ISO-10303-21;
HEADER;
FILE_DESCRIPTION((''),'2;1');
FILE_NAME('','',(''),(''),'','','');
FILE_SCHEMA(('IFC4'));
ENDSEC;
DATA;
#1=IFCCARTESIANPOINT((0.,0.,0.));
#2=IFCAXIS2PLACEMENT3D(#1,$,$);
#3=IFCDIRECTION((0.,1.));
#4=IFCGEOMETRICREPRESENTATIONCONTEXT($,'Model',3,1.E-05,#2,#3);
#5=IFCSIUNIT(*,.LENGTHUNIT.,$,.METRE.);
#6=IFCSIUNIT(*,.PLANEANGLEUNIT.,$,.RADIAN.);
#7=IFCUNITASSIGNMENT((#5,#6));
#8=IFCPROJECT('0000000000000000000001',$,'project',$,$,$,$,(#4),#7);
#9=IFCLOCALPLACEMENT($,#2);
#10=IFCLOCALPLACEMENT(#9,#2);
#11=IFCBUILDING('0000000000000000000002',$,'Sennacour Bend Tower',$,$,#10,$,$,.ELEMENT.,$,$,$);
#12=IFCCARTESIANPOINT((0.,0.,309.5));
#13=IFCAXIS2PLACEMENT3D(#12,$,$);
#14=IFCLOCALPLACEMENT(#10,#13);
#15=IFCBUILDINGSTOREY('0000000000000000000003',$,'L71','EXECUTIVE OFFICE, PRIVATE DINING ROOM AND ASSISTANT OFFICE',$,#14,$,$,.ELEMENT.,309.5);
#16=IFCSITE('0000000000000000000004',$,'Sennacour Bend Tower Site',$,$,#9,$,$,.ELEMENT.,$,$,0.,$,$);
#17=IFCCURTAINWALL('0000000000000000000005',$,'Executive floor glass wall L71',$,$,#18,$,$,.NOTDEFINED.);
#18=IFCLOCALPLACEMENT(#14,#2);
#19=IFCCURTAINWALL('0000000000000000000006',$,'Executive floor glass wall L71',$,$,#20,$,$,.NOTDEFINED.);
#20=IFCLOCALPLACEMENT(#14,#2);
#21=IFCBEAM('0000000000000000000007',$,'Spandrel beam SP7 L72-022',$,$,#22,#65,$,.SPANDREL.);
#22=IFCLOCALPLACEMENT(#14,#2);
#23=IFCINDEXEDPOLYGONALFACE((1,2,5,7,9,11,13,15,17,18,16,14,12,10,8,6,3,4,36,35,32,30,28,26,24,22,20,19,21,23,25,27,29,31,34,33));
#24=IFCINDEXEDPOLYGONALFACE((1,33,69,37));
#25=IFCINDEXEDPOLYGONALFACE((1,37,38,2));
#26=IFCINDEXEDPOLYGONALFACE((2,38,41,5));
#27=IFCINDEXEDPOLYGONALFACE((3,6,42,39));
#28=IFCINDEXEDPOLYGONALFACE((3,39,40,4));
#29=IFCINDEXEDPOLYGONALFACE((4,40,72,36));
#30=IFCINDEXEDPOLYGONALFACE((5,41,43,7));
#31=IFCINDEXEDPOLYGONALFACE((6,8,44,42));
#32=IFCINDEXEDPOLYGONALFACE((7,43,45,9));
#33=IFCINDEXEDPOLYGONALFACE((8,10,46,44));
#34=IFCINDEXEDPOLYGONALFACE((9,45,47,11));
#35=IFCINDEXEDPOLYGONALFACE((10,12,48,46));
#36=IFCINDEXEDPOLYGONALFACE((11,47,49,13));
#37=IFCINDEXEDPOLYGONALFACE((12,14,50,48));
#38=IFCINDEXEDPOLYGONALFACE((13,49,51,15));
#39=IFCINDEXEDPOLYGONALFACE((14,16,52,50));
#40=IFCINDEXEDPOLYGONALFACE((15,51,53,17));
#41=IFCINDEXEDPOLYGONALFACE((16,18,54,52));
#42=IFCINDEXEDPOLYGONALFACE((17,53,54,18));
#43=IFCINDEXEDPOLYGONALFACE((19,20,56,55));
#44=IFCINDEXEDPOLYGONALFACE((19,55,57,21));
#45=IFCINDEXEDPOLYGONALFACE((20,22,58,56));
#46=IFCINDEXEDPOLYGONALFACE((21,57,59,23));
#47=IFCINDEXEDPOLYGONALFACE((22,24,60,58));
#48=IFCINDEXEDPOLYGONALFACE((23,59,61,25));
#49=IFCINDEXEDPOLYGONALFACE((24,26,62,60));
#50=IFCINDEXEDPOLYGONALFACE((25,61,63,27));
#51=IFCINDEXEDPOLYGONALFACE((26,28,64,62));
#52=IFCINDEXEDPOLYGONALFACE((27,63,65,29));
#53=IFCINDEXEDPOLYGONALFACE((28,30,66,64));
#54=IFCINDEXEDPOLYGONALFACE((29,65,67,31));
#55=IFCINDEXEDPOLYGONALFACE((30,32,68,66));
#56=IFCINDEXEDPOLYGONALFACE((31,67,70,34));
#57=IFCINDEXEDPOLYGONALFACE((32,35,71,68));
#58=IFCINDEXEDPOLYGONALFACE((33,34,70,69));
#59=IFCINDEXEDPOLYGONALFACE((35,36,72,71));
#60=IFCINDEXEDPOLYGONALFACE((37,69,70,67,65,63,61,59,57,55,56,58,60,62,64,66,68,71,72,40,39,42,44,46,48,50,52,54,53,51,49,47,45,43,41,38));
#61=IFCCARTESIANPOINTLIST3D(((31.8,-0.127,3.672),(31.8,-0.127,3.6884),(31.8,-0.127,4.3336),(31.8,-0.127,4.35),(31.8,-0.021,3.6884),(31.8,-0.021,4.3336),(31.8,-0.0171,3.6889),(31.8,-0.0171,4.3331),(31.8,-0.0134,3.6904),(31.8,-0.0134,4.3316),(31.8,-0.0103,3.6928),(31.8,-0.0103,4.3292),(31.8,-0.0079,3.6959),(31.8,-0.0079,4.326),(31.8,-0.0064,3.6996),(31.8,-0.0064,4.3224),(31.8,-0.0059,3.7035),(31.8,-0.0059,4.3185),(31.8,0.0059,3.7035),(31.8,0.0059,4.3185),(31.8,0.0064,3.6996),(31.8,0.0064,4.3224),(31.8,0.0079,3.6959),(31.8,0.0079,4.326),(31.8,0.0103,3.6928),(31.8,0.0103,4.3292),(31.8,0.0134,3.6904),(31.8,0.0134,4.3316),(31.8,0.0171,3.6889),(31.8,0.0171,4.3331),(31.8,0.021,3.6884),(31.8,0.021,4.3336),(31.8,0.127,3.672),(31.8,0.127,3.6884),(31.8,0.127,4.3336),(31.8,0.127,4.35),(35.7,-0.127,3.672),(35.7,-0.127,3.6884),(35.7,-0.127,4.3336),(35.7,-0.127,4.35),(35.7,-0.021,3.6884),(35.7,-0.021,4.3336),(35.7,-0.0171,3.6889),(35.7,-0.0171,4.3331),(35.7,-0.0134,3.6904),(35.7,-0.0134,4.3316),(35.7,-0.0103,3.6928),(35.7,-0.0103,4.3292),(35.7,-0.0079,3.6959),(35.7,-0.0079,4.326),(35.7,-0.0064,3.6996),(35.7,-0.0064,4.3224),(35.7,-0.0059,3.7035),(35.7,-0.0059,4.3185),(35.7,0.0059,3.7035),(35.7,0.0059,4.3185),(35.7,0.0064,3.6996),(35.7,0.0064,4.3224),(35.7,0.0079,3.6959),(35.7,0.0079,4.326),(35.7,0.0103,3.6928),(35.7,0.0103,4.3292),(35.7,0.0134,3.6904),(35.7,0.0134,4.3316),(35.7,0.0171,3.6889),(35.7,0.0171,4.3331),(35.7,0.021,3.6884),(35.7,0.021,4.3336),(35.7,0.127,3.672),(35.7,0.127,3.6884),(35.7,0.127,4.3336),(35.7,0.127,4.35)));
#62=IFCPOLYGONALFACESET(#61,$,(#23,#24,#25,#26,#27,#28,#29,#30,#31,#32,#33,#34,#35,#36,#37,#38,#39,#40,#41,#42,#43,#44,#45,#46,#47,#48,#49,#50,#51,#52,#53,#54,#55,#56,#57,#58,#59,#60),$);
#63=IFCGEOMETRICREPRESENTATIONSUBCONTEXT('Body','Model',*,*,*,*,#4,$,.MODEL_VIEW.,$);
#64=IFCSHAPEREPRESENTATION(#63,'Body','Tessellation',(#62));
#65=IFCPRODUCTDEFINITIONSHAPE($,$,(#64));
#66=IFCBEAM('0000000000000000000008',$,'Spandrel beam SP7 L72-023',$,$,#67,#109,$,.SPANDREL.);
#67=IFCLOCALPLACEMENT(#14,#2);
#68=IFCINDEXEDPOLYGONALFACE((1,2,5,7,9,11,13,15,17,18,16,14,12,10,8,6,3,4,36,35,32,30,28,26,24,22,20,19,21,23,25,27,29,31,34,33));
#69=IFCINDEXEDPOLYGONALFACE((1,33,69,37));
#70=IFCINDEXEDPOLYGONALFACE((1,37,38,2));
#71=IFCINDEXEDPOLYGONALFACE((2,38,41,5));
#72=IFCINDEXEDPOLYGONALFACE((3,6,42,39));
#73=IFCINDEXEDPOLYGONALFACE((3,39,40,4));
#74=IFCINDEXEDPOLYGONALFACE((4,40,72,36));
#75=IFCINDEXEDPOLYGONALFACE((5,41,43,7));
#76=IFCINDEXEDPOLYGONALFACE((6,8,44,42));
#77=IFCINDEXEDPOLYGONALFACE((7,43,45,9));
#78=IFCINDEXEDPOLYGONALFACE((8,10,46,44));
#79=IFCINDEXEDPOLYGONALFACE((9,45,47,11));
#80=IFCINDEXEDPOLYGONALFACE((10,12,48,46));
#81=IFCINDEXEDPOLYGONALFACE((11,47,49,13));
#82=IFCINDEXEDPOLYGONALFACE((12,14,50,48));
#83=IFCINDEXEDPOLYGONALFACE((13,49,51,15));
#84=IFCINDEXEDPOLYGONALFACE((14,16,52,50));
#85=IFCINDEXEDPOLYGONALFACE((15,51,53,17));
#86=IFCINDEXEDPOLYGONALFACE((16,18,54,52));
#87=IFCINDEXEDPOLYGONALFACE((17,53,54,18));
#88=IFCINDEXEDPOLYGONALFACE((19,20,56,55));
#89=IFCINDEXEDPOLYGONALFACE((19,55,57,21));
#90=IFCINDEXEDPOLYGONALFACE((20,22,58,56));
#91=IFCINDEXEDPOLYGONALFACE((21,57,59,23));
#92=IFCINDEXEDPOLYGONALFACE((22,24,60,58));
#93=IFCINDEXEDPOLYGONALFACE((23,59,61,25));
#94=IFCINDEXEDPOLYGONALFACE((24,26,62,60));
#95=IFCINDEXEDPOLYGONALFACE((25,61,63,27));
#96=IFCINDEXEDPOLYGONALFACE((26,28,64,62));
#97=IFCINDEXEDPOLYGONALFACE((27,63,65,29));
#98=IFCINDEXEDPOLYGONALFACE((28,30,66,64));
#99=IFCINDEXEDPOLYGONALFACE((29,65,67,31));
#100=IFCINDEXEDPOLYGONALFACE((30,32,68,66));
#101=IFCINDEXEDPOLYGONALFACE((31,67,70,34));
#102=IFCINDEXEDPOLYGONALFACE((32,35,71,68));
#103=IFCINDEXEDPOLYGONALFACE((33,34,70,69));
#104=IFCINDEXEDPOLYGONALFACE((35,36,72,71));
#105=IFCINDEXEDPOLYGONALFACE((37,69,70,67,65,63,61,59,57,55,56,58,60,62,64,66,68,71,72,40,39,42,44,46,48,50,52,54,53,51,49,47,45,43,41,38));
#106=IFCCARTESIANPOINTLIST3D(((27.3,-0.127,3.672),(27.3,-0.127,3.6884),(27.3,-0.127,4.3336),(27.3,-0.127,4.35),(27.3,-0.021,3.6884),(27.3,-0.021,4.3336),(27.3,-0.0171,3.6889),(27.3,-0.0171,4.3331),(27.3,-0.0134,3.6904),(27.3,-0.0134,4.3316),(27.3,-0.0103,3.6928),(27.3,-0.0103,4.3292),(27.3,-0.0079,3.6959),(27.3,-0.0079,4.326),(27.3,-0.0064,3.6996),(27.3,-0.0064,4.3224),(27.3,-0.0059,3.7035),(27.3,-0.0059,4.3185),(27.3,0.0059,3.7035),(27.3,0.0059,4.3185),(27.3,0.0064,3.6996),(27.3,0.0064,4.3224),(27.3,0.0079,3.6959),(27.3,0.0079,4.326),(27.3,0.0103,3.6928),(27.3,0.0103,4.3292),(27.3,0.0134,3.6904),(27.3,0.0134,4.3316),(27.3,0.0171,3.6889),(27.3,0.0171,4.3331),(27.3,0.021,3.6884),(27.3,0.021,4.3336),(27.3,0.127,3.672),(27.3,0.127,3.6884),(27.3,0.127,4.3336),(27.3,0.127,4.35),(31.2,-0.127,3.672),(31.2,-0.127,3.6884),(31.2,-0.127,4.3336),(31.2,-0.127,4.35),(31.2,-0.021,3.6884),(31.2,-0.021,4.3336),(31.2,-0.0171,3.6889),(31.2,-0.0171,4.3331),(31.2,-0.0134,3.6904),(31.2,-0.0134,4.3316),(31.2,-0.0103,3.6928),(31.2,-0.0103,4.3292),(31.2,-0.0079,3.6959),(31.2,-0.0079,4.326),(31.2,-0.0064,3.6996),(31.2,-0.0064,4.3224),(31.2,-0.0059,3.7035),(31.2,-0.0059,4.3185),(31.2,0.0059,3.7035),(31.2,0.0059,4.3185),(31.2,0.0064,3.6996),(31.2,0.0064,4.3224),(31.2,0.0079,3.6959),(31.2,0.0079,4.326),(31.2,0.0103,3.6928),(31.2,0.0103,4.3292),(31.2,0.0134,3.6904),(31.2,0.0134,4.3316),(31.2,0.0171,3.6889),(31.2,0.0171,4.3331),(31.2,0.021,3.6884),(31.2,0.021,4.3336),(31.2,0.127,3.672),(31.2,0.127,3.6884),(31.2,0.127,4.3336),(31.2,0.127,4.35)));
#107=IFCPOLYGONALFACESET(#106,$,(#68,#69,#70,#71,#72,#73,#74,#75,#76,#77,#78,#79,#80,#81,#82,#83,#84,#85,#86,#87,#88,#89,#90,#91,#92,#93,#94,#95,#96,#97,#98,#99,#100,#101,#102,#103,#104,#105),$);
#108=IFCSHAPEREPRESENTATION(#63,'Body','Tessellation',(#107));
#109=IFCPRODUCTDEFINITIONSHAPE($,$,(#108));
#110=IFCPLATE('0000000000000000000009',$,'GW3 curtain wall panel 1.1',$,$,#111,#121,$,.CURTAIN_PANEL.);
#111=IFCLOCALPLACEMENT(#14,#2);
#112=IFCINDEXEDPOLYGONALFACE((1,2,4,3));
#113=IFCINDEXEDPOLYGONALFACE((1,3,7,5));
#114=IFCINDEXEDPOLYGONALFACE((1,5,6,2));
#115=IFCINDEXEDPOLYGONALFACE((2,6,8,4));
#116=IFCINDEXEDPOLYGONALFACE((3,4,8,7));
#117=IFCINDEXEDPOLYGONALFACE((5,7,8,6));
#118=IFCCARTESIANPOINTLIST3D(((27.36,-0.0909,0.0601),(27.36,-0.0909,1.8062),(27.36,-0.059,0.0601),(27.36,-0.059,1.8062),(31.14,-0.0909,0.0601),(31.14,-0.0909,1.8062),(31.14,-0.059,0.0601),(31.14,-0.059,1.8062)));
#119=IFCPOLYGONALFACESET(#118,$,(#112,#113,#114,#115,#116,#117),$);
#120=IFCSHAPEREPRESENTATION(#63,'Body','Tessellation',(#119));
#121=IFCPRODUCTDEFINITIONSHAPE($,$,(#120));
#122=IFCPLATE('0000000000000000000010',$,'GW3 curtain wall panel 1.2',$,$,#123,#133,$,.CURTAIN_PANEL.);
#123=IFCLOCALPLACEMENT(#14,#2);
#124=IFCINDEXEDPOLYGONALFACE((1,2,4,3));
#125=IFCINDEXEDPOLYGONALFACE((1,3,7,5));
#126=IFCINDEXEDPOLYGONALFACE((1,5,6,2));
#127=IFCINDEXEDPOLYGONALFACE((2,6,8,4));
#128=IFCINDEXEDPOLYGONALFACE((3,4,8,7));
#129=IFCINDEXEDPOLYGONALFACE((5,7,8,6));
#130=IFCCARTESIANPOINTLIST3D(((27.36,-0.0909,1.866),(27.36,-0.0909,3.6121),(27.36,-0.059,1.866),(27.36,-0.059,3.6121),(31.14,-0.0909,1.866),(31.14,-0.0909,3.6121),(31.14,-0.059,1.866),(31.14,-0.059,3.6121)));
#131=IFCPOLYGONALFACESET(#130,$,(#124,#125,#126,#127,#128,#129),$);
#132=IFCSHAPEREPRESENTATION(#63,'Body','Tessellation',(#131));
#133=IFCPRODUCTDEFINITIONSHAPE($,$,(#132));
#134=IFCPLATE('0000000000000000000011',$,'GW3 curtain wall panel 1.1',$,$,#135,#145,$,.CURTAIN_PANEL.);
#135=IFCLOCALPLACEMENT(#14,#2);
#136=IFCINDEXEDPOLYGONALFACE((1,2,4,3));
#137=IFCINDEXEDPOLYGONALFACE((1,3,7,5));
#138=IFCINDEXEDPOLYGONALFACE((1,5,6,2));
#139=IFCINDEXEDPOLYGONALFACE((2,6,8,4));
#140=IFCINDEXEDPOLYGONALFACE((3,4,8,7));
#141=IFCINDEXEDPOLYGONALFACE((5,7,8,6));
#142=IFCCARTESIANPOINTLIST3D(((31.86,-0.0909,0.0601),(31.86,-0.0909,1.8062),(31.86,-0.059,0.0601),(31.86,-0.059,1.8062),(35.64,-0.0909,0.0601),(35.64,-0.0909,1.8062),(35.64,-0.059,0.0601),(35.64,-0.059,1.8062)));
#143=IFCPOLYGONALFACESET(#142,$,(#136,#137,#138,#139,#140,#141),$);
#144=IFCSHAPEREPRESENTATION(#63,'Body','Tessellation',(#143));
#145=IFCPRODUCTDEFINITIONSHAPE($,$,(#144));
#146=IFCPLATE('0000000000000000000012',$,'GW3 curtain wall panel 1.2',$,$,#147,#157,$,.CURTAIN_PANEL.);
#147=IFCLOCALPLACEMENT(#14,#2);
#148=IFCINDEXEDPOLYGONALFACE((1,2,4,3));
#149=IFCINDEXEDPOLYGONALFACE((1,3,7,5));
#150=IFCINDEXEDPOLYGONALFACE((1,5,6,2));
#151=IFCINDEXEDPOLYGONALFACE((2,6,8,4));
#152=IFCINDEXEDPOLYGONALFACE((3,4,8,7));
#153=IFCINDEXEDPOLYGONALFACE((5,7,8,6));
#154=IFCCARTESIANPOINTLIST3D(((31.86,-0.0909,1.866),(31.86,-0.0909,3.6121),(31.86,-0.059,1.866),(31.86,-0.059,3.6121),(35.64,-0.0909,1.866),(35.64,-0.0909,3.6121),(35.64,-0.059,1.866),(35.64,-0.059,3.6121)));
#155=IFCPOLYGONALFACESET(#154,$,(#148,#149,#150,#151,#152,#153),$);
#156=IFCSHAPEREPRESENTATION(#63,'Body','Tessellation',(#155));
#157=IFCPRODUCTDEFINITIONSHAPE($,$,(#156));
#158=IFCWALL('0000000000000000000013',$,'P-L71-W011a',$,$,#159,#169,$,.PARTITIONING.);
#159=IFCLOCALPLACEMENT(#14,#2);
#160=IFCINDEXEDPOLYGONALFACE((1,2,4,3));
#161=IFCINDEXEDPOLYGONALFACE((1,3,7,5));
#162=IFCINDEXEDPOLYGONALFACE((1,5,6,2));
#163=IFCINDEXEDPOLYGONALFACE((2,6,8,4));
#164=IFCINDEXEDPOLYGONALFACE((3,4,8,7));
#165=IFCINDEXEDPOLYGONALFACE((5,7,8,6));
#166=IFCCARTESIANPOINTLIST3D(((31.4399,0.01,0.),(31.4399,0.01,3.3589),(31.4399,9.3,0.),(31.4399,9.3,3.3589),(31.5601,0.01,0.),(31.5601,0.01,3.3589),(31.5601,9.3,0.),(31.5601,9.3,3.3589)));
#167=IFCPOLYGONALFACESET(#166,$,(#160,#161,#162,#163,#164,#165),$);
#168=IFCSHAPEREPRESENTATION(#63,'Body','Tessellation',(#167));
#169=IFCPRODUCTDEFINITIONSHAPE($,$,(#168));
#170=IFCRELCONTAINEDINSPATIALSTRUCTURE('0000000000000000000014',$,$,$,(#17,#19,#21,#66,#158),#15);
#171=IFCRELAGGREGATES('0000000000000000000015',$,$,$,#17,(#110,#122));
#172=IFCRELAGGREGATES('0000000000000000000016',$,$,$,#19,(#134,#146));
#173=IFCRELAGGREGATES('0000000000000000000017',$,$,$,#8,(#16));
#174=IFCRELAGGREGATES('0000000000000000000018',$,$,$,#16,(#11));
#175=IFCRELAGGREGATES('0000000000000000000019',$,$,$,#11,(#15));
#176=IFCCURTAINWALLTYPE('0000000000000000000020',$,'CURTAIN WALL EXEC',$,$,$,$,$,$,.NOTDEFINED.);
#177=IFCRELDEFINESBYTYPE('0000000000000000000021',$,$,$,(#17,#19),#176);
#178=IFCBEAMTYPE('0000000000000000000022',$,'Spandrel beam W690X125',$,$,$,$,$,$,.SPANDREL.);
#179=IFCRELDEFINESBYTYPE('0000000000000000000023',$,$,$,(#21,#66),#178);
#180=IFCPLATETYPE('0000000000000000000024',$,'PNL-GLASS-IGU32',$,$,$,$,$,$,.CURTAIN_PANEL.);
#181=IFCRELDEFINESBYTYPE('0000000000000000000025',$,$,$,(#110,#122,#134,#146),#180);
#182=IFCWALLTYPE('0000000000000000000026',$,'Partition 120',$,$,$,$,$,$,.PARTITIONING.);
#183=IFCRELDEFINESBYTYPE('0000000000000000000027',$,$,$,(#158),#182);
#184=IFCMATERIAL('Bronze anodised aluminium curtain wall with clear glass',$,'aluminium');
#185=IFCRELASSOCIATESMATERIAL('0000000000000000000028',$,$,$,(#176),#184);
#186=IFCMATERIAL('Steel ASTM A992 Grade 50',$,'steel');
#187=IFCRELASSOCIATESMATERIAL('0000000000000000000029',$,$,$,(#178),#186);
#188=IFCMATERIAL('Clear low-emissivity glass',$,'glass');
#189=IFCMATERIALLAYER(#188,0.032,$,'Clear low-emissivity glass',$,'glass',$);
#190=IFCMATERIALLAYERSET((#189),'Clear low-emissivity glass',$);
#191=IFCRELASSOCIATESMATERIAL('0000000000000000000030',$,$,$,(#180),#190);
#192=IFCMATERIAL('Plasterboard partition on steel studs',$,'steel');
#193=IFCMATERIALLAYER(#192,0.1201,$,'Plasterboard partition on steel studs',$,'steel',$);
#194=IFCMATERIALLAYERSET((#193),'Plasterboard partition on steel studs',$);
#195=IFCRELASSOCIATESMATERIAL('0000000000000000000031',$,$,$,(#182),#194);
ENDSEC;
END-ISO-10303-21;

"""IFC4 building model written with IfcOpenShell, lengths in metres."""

from ifc_helpers import new_model, si_unit, direction, frame, frame_2d, origin, origin_2d, place, context, subcontext, project, spatial, rectangle, i_section, extrude, material, layer, layer_set, material_profile, profile_set, type_object, element, aggregate, save


model = new_model("IFC4")

# Units and contexts
model_context = context("Model", 3, precision=1e-05, world=origin(), true_north=direction((0.0, 1.0)))
body_context = subcontext(model_context, "Body", "Model", "MODEL_VIEW")
ifc_project = project(units=[si_unit("LENGTHUNIT", "METRE"), si_unit("PLANEANGLEUNIT", "RADIAN")], contexts=[model_context])

# Site, building, storey
site_placement = place(None, origin())
site = spatial("IfcSite", under=ifc_project, at=site_placement, Name="Sennacour Bend Tower Site", CompositionType="ELEMENT", RefElevation=0.0)
building_placement = place(site_placement, origin())
building = spatial("IfcBuilding", under=site, at=building_placement, Name="Sennacour Bend Tower", CompositionType="ELEMENT")
storey_placement = place(building_placement, frame((0.0, 0.0, 309.5)))
storey = spatial("IfcBuildingStorey", under=building, at=storey_placement, Name="L71", Description="EXECUTIVE OFFICE, PRIVATE DINING ROOM AND ASSISTANT OFFICE", CompositionType="ELEMENT", Elevation=309.5)

# Curtain walls
ifc_material_1 = material(Name="Bronze anodised aluminium curtain wall with clear glass", Category="aluminium")
curtain_wall_type = type_object("IfcCurtainWallType", Name="CURTAIN WALL EXEC", PredefinedType="NOTDEFINED", material=ifc_material_1)
curtain_wall_1_placement = place(storey_placement, origin())
curtain_wall_1 = element("IfcCurtainWall", 1, at=curtain_wall_1_placement, inside=storey, type_object=curtain_wall_type, Name="Executive floor glass wall L71", PredefinedType="NOTDEFINED")
curtain_wall_2_placement = place(storey_placement, origin())
curtain_wall_2 = element("IfcCurtainWall", 2, at=curtain_wall_2_placement, inside=storey, type_object=curtain_wall_type, Name="Executive floor glass wall L71", PredefinedType="NOTDEFINED")

# Beams
ifc_material_2 = material(Name="Steel ASTM A992 Grade 50", Category="steel")
ifc_material_profile_1 = material_profile(ifc_material_2, i_section(OverallWidth=0.2539, OverallDepth=0.678, WebThickness=0.0117, FlangeThickness=0.0164, FilletRadius=0.0151, at=origin_2d()), Name="Steel ASTM A992 Grade 50", Category="steel")
ifc_profile_set_1 = profile_set([ifc_material_profile_1], Name="Steel ASTM A992 Grade 50")
beam_type_1 = type_object("IfcBeamType", Name="Spandrel beam W690X125", PredefinedType="SPANDREL", material=ifc_profile_set_1)
for number, where, z_axis, x_axis, name in (
    (3, (35.7, 0.0, 4.011), (-1.0, 0.0, 0.0), (0.0, -1.0, 0.0), "Spandrel beam SP7 L72-022"),
    (4, (31.2, 0.0, 4.011), (-1.0, 0.0, 0.0), (0.0, -1.0, 0.0), "Spandrel beam SP7 L72-023"),
):
    element("IfcBeam", number, at=place(storey_placement, frame(where, z_axis=z_axis, x_axis=x_axis)), inside=storey, type_object=beam_type_1, Name=name, PredefinedType="SPANDREL", context=body_context, shape_type="SweptSolid", body=[
        extrude(i_section(OverallWidth=0.2539, OverallDepth=0.678, WebThickness=0.0117, FlangeThickness=0.0164, FilletRadius=0.0151, at=origin_2d()), origin(), (0.0, 0.0, 1.0), 3.8999),
    ])

# Plates
ifc_material_3 = material(Name="Clear low-emissivity glass", Category="glass")
ifc_layer_1 = layer(ifc_material_3, 0.032, Name="Clear low-emissivity glass", Category="glass")
ifc_layer_set_1 = layer_set([ifc_layer_1], Name="Clear low-emissivity glass")
plate_type = type_object("IfcPlateType", Name="PNL-GLASS-IGU32", PredefinedType="CURTAIN_PANEL", material=ifc_layer_set_1)
plate_1_placement = place(storey_placement, frame((29.25, -0.075, 0.0601), z_axis=(0.0, 0.0, 1.0), x_axis=(1.0, 0.0, 0.0)))
plate_1 = element("IfcPlate", 5, at=plate_1_placement, type_object=plate_type, Name="GW3 curtain wall panel 1.1", PredefinedType="CURTAIN_PANEL", context=body_context, shape_type="SweptSolid", body=[
    extrude(rectangle(XDim=3.78, YDim=0.032, at=origin_2d()), origin(), (0.0, 0.0, 1.0), 1.7461),
])
plate_2_placement = place(storey_placement, frame((29.25, -0.075, 1.866), z_axis=(0.0, 0.0, 1.0), x_axis=(1.0, 0.0, 0.0)))
plate_2 = element("IfcPlate", 6, at=plate_2_placement, type_object=plate_type, Name="GW3 curtain wall panel 1.2", PredefinedType="CURTAIN_PANEL", context=body_context, shape_type="SweptSolid", body=[
    extrude(rectangle(XDim=3.78, YDim=0.032, at=origin_2d()), origin(), (0.0, 0.0, 1.0), 1.7461),
])
aggregate(curtain_wall_1, [plate_1, plate_2])
plate_3_placement = place(storey_placement, frame((33.75, -0.075, 0.0601), z_axis=(0.0, 0.0, 1.0), x_axis=(1.0, 0.0, 0.0)))
plate_3 = element("IfcPlate", 7, at=plate_3_placement, type_object=plate_type, Name="GW3 curtain wall panel 1.1", PredefinedType="CURTAIN_PANEL", context=body_context, shape_type="SweptSolid", body=[
    extrude(rectangle(XDim=3.78, YDim=0.032, at=origin_2d()), origin(), (0.0, 0.0, 1.0), 1.7461),
])
plate_4_placement = place(storey_placement, frame((33.75, -0.075, 1.866), z_axis=(0.0, 0.0, 1.0), x_axis=(1.0, 0.0, 0.0)))
plate_4 = element("IfcPlate", 8, at=plate_4_placement, type_object=plate_type, Name="GW3 curtain wall panel 1.2", PredefinedType="CURTAIN_PANEL", context=body_context, shape_type="SweptSolid", body=[
    extrude(rectangle(XDim=3.78, YDim=0.032, at=origin_2d()), origin(), (0.0, 0.0, 1.0), 1.7461),
])
aggregate(curtain_wall_2, [plate_3, plate_4])

# Wall
ifc_material_4 = material(Name="Plasterboard partition on steel studs", Category="steel")
ifc_layer_2 = layer(ifc_material_4, 0.1201, Name="Plasterboard partition on steel studs", Category="steel")
ifc_layer_set_2 = layer_set([ifc_layer_2], Name="Plasterboard partition on steel studs")
wall_type = type_object("IfcWallType", Name="Partition 120", PredefinedType="PARTITIONING", material=ifc_layer_set_2)
wall_placement = place(storey_placement, frame((31.5, 0.01, 0.0), z_axis=(0.0, 0.0, 1.0), x_axis=(0.0, 1.0, 0.0)))
element("IfcWall", 9, at=wall_placement, inside=storey, type_object=wall_type, Name="P-L71-W011a", PredefinedType="PARTITIONING", context=body_context, shape_type="SweptSolid", body=[
    extrude(rectangle(XDim=9.29, YDim=0.1201, at=frame_2d((4.645, 0.0))), origin(), (0.0, 0.0, 1.0), 3.3589),
])

save(model, "model.ifc")
